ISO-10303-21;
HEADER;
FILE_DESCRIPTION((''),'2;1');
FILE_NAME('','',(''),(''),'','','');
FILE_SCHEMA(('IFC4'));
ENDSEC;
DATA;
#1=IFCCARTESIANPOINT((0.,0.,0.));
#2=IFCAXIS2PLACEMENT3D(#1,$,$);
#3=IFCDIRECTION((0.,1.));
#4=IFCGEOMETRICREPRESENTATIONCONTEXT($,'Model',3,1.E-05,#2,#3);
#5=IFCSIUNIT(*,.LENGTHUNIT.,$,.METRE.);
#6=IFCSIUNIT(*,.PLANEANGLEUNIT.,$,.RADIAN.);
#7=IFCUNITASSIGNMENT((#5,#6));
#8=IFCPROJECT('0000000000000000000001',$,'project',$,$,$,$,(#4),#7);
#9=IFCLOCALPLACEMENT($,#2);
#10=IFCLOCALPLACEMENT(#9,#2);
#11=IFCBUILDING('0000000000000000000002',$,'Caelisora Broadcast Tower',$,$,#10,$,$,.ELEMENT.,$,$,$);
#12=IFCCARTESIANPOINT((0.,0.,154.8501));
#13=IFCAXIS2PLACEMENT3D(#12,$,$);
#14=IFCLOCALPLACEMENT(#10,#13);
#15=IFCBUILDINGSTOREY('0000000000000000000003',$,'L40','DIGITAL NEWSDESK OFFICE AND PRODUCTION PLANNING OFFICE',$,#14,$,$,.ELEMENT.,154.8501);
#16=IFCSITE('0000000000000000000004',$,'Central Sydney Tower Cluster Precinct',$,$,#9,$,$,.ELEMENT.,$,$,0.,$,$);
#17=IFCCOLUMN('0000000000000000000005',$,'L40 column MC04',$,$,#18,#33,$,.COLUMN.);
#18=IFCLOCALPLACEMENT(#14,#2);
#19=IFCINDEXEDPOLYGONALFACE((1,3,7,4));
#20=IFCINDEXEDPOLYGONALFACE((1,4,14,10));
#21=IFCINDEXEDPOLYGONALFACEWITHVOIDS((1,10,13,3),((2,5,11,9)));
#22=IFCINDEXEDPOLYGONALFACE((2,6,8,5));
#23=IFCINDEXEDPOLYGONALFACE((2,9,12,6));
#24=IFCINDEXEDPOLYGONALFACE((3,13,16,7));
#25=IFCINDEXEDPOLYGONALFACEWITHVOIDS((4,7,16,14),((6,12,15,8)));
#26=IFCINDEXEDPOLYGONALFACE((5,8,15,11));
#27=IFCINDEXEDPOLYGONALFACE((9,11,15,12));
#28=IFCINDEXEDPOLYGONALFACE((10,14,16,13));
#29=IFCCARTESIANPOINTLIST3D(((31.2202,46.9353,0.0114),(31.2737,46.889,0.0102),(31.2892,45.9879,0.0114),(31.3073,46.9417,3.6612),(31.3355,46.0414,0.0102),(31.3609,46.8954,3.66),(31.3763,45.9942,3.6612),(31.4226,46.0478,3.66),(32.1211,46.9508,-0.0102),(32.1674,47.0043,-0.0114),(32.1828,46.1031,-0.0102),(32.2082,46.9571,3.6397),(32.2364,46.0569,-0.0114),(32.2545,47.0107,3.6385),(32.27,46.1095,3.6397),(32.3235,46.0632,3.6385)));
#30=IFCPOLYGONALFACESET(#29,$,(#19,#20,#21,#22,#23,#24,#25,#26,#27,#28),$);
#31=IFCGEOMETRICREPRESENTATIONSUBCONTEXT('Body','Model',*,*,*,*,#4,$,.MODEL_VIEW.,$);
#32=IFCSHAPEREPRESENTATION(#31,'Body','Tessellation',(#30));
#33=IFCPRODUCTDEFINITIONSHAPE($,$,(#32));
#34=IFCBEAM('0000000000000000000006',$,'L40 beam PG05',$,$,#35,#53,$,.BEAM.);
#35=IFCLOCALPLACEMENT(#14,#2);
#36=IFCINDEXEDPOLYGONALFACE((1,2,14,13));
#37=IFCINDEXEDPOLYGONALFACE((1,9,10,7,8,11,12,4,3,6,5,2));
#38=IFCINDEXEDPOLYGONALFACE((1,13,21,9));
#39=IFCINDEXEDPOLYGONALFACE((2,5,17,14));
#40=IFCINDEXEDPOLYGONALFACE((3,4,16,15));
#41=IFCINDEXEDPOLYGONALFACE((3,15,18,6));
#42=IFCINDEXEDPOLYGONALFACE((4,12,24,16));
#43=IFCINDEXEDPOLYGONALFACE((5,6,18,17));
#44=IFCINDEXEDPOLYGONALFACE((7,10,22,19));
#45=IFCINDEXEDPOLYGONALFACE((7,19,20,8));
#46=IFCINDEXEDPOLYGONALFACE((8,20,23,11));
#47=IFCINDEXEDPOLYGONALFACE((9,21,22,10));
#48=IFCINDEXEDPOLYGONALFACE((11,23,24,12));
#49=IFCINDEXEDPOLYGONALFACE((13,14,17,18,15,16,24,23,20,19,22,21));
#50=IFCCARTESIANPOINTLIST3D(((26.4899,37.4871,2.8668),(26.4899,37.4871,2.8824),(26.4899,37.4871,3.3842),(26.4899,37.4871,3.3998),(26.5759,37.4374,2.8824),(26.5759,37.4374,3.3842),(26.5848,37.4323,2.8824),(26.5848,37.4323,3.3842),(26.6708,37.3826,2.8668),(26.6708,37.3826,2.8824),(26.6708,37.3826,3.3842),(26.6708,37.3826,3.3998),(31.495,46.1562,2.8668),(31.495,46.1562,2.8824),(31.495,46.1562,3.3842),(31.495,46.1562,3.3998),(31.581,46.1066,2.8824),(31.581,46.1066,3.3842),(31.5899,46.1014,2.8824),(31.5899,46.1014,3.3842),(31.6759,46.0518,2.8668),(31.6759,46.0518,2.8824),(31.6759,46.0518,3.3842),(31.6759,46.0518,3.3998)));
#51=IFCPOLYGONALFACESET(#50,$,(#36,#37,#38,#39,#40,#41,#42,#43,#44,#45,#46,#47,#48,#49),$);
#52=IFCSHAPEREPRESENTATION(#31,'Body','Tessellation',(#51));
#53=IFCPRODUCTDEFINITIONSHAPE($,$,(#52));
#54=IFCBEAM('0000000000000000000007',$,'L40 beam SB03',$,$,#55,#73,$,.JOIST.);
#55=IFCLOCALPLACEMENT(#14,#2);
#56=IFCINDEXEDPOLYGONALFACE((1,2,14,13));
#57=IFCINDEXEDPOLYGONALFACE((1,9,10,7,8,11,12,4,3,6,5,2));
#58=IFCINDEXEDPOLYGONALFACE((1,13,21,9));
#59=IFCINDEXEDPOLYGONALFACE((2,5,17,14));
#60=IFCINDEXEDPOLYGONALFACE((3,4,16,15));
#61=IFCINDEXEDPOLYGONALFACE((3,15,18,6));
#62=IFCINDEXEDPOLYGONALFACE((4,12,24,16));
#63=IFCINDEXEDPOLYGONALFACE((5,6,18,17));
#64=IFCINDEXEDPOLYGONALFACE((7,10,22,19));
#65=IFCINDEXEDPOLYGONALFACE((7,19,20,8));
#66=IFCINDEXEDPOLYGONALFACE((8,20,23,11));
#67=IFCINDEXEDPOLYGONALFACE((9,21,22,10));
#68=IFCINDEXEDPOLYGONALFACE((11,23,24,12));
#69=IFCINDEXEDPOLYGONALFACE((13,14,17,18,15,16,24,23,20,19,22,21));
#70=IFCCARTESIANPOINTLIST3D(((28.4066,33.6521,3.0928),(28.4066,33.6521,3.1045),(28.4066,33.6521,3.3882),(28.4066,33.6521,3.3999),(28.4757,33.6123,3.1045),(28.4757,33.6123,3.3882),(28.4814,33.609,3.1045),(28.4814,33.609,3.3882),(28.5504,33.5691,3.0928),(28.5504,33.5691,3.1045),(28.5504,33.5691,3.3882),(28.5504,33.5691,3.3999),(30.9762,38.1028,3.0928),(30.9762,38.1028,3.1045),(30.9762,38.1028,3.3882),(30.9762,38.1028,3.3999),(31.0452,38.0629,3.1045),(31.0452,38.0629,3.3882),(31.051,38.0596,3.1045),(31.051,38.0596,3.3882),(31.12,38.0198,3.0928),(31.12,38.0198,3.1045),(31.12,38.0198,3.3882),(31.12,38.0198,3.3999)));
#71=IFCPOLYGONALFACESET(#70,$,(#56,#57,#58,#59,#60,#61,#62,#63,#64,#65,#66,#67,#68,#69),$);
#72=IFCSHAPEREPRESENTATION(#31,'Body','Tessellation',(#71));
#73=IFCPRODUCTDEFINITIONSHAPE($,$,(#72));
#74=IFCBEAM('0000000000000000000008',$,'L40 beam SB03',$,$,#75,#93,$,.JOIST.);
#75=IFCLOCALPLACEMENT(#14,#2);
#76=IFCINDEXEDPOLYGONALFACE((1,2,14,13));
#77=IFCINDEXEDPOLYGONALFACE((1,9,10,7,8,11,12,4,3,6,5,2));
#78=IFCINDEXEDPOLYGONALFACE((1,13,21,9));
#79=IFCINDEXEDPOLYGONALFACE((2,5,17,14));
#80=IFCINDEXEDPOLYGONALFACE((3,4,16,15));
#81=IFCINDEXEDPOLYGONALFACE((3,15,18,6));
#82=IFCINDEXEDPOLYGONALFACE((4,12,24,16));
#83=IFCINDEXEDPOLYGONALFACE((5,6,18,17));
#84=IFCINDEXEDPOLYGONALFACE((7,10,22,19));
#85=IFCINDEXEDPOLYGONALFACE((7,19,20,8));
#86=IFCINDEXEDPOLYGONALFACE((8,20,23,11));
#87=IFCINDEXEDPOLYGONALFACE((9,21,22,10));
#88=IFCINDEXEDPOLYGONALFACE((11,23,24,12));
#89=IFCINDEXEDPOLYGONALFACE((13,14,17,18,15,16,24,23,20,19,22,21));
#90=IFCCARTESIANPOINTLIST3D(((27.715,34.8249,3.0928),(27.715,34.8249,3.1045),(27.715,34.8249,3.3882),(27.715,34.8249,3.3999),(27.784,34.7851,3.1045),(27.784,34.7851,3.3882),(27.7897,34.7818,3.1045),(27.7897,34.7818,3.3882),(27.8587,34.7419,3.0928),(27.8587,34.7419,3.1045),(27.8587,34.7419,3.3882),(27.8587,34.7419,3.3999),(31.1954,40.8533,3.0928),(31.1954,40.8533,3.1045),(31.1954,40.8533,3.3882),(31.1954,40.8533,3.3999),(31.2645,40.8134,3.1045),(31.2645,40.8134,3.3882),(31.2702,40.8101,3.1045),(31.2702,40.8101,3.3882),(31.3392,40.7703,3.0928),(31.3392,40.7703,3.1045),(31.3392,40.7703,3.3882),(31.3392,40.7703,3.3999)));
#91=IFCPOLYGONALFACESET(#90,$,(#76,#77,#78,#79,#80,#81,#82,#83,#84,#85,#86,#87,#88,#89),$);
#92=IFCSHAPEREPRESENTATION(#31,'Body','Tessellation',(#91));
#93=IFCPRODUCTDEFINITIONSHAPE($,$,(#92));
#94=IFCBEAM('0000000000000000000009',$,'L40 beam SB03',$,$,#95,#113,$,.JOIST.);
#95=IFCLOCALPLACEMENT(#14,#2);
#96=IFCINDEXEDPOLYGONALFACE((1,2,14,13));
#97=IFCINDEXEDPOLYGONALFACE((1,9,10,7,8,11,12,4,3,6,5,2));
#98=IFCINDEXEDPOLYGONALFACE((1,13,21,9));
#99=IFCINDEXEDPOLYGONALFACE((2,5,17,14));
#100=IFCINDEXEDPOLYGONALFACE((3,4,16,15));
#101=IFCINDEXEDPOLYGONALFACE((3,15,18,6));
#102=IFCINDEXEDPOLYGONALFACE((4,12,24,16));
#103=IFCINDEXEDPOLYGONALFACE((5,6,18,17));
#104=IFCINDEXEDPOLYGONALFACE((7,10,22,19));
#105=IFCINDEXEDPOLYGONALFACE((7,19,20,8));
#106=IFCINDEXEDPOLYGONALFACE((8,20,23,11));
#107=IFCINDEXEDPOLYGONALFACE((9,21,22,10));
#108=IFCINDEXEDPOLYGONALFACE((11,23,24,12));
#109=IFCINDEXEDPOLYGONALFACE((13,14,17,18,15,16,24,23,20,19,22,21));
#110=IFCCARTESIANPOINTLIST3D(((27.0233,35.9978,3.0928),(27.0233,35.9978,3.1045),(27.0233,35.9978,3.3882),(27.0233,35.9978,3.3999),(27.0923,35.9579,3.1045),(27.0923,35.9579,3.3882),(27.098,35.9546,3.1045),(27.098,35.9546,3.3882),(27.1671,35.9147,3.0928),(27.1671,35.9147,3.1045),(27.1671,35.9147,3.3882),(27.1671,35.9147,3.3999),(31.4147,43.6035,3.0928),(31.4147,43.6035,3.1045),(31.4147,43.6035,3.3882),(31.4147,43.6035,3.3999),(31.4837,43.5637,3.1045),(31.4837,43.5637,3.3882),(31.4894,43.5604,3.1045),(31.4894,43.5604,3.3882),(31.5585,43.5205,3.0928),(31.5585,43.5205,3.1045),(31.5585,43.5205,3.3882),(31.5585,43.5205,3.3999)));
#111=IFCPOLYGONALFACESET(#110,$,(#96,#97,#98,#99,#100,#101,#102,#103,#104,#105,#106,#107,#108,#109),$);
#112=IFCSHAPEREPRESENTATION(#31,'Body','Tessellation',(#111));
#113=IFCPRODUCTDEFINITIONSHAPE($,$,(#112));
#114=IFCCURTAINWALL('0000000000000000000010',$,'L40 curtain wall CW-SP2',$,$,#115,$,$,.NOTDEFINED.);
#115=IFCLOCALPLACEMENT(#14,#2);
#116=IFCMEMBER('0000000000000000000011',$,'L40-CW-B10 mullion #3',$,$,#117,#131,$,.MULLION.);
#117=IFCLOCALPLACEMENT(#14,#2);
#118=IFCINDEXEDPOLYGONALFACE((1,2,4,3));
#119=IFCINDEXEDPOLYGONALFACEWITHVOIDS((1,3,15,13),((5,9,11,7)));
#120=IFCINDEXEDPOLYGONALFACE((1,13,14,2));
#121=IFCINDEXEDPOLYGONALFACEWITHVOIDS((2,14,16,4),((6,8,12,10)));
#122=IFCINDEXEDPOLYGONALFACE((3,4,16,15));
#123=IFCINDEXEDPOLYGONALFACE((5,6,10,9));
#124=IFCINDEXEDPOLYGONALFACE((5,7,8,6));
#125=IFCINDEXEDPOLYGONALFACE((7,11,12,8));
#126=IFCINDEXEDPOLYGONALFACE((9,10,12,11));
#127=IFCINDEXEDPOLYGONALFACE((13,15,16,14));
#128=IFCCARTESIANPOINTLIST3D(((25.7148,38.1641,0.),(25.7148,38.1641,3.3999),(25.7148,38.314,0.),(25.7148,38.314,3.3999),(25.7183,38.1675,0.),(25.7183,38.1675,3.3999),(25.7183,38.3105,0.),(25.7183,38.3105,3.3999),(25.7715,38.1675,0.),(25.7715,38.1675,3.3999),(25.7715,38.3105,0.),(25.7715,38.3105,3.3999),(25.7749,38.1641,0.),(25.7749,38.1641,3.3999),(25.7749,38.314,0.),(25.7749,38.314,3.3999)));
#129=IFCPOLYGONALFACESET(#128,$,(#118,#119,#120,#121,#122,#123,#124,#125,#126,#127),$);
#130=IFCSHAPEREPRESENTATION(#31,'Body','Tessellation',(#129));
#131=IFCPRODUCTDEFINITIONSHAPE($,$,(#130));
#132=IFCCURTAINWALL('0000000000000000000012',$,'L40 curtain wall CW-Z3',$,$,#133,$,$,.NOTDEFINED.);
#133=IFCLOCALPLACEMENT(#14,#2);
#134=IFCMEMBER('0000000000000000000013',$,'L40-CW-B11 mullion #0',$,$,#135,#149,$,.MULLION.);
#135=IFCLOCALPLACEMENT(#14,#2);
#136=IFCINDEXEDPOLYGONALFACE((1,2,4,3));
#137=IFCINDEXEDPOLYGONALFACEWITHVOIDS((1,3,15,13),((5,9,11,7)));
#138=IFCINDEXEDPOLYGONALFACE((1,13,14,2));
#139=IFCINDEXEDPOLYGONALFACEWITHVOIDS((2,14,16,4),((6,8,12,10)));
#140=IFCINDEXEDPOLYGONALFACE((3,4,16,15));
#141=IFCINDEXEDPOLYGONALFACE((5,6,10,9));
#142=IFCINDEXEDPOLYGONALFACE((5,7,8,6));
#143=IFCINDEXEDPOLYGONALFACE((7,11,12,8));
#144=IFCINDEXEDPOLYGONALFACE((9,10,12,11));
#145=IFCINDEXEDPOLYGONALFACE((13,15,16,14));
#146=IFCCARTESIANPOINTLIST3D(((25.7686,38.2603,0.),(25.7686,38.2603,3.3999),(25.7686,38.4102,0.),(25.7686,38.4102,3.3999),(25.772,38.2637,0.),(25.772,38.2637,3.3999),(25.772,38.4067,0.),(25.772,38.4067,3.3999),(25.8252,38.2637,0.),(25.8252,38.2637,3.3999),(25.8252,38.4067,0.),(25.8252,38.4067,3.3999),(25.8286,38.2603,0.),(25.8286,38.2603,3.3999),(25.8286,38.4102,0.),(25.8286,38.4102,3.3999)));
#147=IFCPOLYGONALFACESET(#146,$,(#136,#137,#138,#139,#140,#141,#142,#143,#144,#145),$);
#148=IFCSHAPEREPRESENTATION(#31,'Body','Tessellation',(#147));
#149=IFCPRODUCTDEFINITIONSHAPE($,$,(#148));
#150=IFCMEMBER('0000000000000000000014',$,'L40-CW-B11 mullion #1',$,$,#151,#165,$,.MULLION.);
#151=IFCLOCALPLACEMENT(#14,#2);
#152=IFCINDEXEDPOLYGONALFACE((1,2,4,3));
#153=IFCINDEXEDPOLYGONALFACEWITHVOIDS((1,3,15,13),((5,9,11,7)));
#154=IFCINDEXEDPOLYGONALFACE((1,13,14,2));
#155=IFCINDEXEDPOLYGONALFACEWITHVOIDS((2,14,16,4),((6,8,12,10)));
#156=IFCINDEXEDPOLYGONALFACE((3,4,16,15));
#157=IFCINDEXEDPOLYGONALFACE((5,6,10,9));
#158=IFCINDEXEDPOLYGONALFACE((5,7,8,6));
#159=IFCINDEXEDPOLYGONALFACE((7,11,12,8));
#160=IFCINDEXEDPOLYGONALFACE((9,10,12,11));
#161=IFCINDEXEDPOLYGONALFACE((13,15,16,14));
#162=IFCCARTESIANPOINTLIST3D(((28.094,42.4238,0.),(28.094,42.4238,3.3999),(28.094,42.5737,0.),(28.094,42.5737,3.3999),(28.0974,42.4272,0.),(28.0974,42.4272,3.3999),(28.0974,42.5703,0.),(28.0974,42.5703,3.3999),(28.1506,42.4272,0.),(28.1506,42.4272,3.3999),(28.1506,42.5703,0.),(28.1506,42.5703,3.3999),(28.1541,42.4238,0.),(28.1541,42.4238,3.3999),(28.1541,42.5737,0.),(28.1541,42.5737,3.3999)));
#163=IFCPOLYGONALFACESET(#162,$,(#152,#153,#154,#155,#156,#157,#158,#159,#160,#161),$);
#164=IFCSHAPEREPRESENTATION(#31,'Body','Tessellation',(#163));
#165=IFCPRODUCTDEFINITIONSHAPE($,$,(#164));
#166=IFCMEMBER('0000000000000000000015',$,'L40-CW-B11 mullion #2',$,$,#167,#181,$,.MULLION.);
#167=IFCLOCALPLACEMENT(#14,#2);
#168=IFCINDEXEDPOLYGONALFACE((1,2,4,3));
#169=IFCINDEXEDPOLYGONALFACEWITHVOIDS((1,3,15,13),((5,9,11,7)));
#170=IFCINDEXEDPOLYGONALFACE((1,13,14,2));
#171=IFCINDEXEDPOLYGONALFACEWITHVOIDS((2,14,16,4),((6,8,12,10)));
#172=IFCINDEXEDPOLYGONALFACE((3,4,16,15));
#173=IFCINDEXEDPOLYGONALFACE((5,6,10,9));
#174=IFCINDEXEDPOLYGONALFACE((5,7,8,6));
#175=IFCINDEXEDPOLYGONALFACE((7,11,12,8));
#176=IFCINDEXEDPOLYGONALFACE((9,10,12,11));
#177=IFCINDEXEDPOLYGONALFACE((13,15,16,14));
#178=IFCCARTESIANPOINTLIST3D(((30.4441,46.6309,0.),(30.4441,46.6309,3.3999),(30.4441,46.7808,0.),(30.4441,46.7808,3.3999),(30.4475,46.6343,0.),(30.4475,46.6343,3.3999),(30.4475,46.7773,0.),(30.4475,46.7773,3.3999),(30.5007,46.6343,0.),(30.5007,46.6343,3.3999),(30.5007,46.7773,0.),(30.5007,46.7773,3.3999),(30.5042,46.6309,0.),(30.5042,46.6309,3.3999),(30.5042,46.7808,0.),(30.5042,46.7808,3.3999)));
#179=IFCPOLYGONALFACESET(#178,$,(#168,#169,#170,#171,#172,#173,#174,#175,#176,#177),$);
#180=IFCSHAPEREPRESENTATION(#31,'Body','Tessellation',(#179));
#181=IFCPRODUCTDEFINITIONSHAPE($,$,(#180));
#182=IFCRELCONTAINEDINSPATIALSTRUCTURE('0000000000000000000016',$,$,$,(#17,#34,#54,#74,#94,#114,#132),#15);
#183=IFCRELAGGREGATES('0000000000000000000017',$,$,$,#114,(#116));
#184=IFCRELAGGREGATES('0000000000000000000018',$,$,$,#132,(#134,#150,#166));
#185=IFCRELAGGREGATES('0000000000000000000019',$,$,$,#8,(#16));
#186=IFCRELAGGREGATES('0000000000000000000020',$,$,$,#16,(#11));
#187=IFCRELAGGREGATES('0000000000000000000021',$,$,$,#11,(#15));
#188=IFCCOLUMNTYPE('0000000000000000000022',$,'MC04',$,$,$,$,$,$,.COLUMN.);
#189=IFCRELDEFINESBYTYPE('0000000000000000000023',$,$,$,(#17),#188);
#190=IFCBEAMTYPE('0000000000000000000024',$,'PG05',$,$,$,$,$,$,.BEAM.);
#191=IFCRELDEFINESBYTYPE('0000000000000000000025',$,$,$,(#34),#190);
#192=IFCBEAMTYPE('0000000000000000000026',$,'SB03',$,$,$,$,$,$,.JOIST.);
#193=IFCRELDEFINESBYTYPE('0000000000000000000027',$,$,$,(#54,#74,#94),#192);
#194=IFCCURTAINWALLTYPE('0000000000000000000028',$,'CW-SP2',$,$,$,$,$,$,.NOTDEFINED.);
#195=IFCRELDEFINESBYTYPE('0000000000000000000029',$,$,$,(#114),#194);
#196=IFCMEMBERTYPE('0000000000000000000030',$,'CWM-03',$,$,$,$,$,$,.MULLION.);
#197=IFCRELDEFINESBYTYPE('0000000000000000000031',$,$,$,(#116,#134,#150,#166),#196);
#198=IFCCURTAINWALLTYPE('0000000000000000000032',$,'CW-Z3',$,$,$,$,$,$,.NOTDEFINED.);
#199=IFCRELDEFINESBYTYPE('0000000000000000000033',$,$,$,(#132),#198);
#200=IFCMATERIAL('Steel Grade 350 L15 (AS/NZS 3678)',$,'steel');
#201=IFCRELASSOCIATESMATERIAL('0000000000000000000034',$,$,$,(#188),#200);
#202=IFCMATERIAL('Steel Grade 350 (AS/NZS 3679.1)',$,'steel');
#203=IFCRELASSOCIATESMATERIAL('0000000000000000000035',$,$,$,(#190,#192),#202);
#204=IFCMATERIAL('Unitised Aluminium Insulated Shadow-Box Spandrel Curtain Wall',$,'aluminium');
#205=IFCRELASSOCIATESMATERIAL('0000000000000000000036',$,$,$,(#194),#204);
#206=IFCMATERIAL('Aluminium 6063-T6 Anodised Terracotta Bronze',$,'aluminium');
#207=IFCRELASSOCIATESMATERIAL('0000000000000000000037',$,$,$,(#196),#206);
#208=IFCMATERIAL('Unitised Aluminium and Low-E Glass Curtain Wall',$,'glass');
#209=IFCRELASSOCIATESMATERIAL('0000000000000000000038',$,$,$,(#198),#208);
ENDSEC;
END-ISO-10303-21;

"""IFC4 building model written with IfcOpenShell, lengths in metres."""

from ifc_helpers import new_model, si_unit, direction, frame, origin, origin_2d, place, context, subcontext, project, spatial, hollow_rectangle, i_section, extrude, source, transform, mapped, material, material_profile, profile_set, type_object, type_shapes, element, aggregate, save


model = new_model("IFC4")

# Units and contexts
model_context = context("Model", 3, precision=1e-05, world=origin(), true_north=direction((0.0, 1.0)))
body_context = subcontext(model_context, "Body", "Model", "MODEL_VIEW")
ifc_project = project(units=[si_unit("LENGTHUNIT", "METRE"), si_unit("PLANEANGLEUNIT", "RADIAN")], contexts=[model_context])

# Site, building, storey
site_placement = place(None, origin())
site = spatial("IfcSite", under=ifc_project, at=site_placement, Name="Central Sydney Tower Cluster Precinct", CompositionType="ELEMENT", RefElevation=0.0)
building_placement = place(site_placement, origin())
building = spatial("IfcBuilding", under=site, at=building_placement, Name="Caelisora Broadcast Tower", CompositionType="ELEMENT")
storey_placement = place(building_placement, frame((0.0, 0.0, 154.8501)))
storey = spatial("IfcBuildingStorey", under=building, at=storey_placement, Name="L40", Description="DIGITAL NEWSDESK OFFICE AND PRODUCTION PLANNING OFFICE", CompositionType="ELEMENT", Elevation=154.8501)

# Column
ifc_material_1 = material(Name="Steel Grade 350 L15 (AS/NZS 3678)", Category="steel")
ifc_material_profile_1 = material_profile(ifc_material_1, hollow_rectangle(XDim=0.95, YDim=0.95, WallThickness=0.05, at=origin_2d()), Name="Steel Grade 350 L15 (AS/NZS 3678)")
ifc_profile_set_1 = profile_set([ifc_material_profile_1], Name="Steel Grade 350 L15 (AS/NZS 3678)")
column_type = type_object("IfcColumnType", Name="MC04", PredefinedType="COLUMN", material=ifc_profile_set_1)
shared_shape_1 = source(origin(), body_context, "Body", "SweptSolid", [
    extrude(hollow_rectangle(XDim=0.95, YDim=0.95, WallThickness=0.05, at=origin_2d()), origin(), (0.0, 0.0, 1.0), 3.6509),
])
type_shapes(column_type, [shared_shape_1])
column_placement = place(storey_placement, frame((31.7283, 46.4961, 0.0), z_axis=(0.023873, 0.001739, 0.999713), x_axis=(-0.072637, 0.997358, 0.0)))
element("IfcColumn", 1, at=column_placement, inside=storey, type_object=column_type, Name="L40 column MC04", PredefinedType="COLUMN", context=body_context, shape_type="MappedRepresentation", body=[
    mapped(shared_shape_1, transform((0.0, 0.0, 0.0), scale=1.0)),
])

# Beams
ifc_material_2 = material(Name="Steel Grade 350 (AS/NZS 3679.1)", Category="steel")
ifc_material_profile_2 = material_profile(ifc_material_2, i_section(OverallWidth=0.209, OverallDepth=0.533, WebThickness=0.0103, FlangeThickness=0.0156, at=origin_2d()), Name="Steel Grade 350 (AS/NZS 3679.1)")
ifc_profile_set_2 = profile_set([ifc_material_profile_2], Name="Steel Grade 350 (AS/NZS 3679.1)")
beam_type_1 = type_object("IfcBeamType", Name="PG05", PredefinedType="BEAM", material=ifc_profile_set_2)
shared_shape_2 = source(origin(), body_context, "Body", "SweptSolid", [
    extrude(i_section(OverallWidth=0.209, OverallDepth=0.533, WebThickness=0.0103, FlangeThickness=0.0156, at=origin_2d()), origin(), (0.0, 0.0, 1.0), 10.0103),
])
type_shapes(beam_type_1, [shared_shape_2])
beam_1_placement = place(storey_placement, frame((31.5854, 46.104, 3.1333), z_axis=(-0.499998, -0.866027, 0.0), x_axis=(0.866027, -0.499998, 0.0)))
element("IfcBeam", 2, at=beam_1_placement, inside=storey, type_object=beam_type_1, Name="L40 beam PG05", PredefinedType="BEAM", context=body_context, shape_type="MappedRepresentation", body=[
    mapped(shared_shape_2, transform((0.0, 0.0, 0.0), scale=1.0)),
])
ifc_material_profile_3 = material_profile(ifc_material_2, i_section(OverallWidth=0.166, OverallDepth=0.3071, WebThickness=0.0066, FlangeThickness=0.0117, at=origin_2d()), Name="Steel Grade 350 (AS/NZS 3679.1)")
ifc_profile_set_3 = profile_set([ifc_material_profile_3], Name="Steel Grade 350 (AS/NZS 3679.1)")
beam_type_2 = type_object("IfcBeamType", Name="SB03", PredefinedType="JOIST", material=ifc_profile_set_3)
shared_shape_3 = source(origin(), body_context, "Body", "SweptSolid", [
    extrude(i_section(OverallWidth=0.166, OverallDepth=0.3071, WebThickness=0.0066, FlangeThickness=0.0117, at=origin_2d()), origin(), (0.0, 0.0, 1.0), 5.1392),
])
beam_2_placement = place(storey_placement, frame((31.0481, 38.0613, 3.2463), z_axis=(-0.499997, -0.866027, 0.0), x_axis=(0.866027, -0.499997, 0.0)))
element("IfcBeam", 3, at=beam_2_placement, inside=storey, type_object=beam_type_2, Name="L40 beam SB03", PredefinedType="JOIST", context=body_context, shape_type="MappedRepresentation", body=[
    mapped(shared_shape_3, transform((0.0, 0.0, 0.0), scale=1.0)),
])
shared_shape_4 = source(origin(), body_context, "Body", "SweptSolid", [
    extrude(i_section(OverallWidth=0.166, OverallDepth=0.3071, WebThickness=0.0066, FlangeThickness=0.0117, at=origin_2d()), origin(), (0.0, 0.0, 1.0), 6.9609),
])
beam_3_placement = place(storey_placement, frame((31.2673, 40.8118, 3.2463), z_axis=(-0.500002, -0.866024, 0.0), x_axis=(0.866024, -0.500002, 0.0)))
element("IfcBeam", 4, at=beam_3_placement, inside=storey, type_object=beam_type_2, Name="L40 beam SB03", PredefinedType="JOIST", context=body_context, shape_type="MappedRepresentation", body=[
    mapped(shared_shape_4, transform((0.0, 0.0, 0.0), scale=1.0)),
])
shared_shape_5 = source(origin(), body_context, "Body", "SweptSolid", [
    extrude(i_section(OverallWidth=0.166, OverallDepth=0.3071, WebThickness=0.0066, FlangeThickness=0.0117, at=origin_2d()), origin(), (0.0, 0.0, 1.0), 8.7825),
])
type_shapes(beam_type_2, [shared_shape_3, shared_shape_4, shared_shape_5])
beam_4_placement = place(storey_placement, frame((31.4866, 43.562, 3.2463), z_axis=(-0.500017, -0.866016, 0.0), x_axis=(0.866016, -0.500017, 0.0)))
element("IfcBeam", 5, at=beam_4_placement, inside=storey, type_object=beam_type_2, Name="L40 beam SB03", PredefinedType="JOIST", context=body_context, shape_type="MappedRepresentation", body=[
    mapped(shared_shape_5, transform((0.0, 0.0, 0.0), scale=1.0)),
])

# Curtain wall, member
ifc_material_3 = material(Name="Unitised Aluminium Insulated Shadow-Box Spandrel Curtain Wall", Category="aluminium")
curtain_wall_type_1 = type_object("IfcCurtainWallType", Name="CW-SP2", PredefinedType="NOTDEFINED", material=ifc_material_3)
curtain_wall_1_placement = place(storey_placement, origin())
curtain_wall_1 = element("IfcCurtainWall", 6, at=curtain_wall_1_placement, inside=storey, type_object=curtain_wall_type_1, Name="L40 curtain wall CW-SP2", PredefinedType="NOTDEFINED")
ifc_material_4 = material(Name="Aluminium 6063-T6 Anodised Terracotta Bronze", Category="aluminium")
ifc_material_profile_4 = material_profile(ifc_material_4, hollow_rectangle(XDim=0.0601, YDim=0.1499, WallThickness=0.0034, at=origin_2d()), Name="Aluminium 6063-T6 Anodised Terracotta Bronze")
ifc_profile_set_4 = profile_set([ifc_material_profile_4], Name="Aluminium 6063-T6 Anodised Terracotta Bronze")
member_type_1 = type_object("IfcMemberType", Name="CWM-03", PredefinedType="MULLION", material=ifc_profile_set_4)
shared_shape_6 = source(origin(), body_context, "Body", "SweptSolid", [
    extrude(hollow_rectangle(XDim=0.0601, YDim=0.1499, WallThickness=0.0034, at=origin_2d()), origin(), (0.0, 0.0, 1.0), 3.3999),
])
type_shapes(member_type_1, [shared_shape_6])
member_1_placement = place(storey_placement, frame((25.7449, 38.239, 0.0), z_axis=(0.0, 0.0, 1.0), x_axis=(1.0, 0.0, 0.0)))
member_1 = element("IfcMember", 7, at=member_1_placement, type_object=member_type_1, Name="L40-CW-B10 mullion #3", PredefinedType="MULLION", context=body_context, shape_type="MappedRepresentation", body=[
    mapped(shared_shape_6, transform((0.0, 0.0, 0.0), scale=1.0)),
])
aggregate(curtain_wall_1, [member_1])

# Curtain wall, members
ifc_material_5 = material(Name="Unitised Aluminium and Low-E Glass Curtain Wall", Category="glass")
curtain_wall_type_2 = type_object("IfcCurtainWallType", Name="CW-Z3", PredefinedType="NOTDEFINED", material=ifc_material_5)
curtain_wall_2_placement = place(storey_placement, origin())
curtain_wall_2 = element("IfcCurtainWall", 8, at=curtain_wall_2_placement, inside=storey, type_object=curtain_wall_type_2, Name="L40 curtain wall CW-Z3", PredefinedType="NOTDEFINED")
member_2_placement = place(storey_placement, frame((25.7986, 38.3352, 0.0), z_axis=(0.0, 0.0, 1.0), x_axis=(1.0, 0.0, 0.0)))
member_2 = element("IfcMember", 9, at=member_2_placement, type_object=member_type_1, Name="L40-CW-B11 mullion #0", PredefinedType="MULLION", context=body_context, shape_type="MappedRepresentation", body=[
    mapped(shared_shape_6, transform((0.0, 0.0, 0.0), scale=1.0)),
])
member_3_placement = place(storey_placement, frame((28.124, 42.4988, 0.0), z_axis=(0.0, 0.0, 1.0), x_axis=(1.0, 0.0, 0.0)))
member_3 = element("IfcMember", 10, at=member_3_placement, type_object=member_type_1, Name="L40-CW-B11 mullion #1", PredefinedType="MULLION", context=body_context, shape_type="MappedRepresentation", body=[
    mapped(shared_shape_6, transform((0.0, 0.0, 0.0), scale=1.0)),
])
member_4_placement = place(storey_placement, frame((30.4741, 46.7058, 0.0), z_axis=(0.0, 0.0, 1.0), x_axis=(1.0, 0.0, 0.0)))
member_4 = element("IfcMember", 11, at=member_4_placement, type_object=member_type_1, Name="L40-CW-B11 mullion #2", PredefinedType="MULLION", context=body_context, shape_type="MappedRepresentation", body=[
    mapped(shared_shape_6, transform((0.0, 0.0, 0.0), scale=1.0)),
])
aggregate(curtain_wall_2, [member_2, member_3, member_4])

save(model, "model.ifc")
